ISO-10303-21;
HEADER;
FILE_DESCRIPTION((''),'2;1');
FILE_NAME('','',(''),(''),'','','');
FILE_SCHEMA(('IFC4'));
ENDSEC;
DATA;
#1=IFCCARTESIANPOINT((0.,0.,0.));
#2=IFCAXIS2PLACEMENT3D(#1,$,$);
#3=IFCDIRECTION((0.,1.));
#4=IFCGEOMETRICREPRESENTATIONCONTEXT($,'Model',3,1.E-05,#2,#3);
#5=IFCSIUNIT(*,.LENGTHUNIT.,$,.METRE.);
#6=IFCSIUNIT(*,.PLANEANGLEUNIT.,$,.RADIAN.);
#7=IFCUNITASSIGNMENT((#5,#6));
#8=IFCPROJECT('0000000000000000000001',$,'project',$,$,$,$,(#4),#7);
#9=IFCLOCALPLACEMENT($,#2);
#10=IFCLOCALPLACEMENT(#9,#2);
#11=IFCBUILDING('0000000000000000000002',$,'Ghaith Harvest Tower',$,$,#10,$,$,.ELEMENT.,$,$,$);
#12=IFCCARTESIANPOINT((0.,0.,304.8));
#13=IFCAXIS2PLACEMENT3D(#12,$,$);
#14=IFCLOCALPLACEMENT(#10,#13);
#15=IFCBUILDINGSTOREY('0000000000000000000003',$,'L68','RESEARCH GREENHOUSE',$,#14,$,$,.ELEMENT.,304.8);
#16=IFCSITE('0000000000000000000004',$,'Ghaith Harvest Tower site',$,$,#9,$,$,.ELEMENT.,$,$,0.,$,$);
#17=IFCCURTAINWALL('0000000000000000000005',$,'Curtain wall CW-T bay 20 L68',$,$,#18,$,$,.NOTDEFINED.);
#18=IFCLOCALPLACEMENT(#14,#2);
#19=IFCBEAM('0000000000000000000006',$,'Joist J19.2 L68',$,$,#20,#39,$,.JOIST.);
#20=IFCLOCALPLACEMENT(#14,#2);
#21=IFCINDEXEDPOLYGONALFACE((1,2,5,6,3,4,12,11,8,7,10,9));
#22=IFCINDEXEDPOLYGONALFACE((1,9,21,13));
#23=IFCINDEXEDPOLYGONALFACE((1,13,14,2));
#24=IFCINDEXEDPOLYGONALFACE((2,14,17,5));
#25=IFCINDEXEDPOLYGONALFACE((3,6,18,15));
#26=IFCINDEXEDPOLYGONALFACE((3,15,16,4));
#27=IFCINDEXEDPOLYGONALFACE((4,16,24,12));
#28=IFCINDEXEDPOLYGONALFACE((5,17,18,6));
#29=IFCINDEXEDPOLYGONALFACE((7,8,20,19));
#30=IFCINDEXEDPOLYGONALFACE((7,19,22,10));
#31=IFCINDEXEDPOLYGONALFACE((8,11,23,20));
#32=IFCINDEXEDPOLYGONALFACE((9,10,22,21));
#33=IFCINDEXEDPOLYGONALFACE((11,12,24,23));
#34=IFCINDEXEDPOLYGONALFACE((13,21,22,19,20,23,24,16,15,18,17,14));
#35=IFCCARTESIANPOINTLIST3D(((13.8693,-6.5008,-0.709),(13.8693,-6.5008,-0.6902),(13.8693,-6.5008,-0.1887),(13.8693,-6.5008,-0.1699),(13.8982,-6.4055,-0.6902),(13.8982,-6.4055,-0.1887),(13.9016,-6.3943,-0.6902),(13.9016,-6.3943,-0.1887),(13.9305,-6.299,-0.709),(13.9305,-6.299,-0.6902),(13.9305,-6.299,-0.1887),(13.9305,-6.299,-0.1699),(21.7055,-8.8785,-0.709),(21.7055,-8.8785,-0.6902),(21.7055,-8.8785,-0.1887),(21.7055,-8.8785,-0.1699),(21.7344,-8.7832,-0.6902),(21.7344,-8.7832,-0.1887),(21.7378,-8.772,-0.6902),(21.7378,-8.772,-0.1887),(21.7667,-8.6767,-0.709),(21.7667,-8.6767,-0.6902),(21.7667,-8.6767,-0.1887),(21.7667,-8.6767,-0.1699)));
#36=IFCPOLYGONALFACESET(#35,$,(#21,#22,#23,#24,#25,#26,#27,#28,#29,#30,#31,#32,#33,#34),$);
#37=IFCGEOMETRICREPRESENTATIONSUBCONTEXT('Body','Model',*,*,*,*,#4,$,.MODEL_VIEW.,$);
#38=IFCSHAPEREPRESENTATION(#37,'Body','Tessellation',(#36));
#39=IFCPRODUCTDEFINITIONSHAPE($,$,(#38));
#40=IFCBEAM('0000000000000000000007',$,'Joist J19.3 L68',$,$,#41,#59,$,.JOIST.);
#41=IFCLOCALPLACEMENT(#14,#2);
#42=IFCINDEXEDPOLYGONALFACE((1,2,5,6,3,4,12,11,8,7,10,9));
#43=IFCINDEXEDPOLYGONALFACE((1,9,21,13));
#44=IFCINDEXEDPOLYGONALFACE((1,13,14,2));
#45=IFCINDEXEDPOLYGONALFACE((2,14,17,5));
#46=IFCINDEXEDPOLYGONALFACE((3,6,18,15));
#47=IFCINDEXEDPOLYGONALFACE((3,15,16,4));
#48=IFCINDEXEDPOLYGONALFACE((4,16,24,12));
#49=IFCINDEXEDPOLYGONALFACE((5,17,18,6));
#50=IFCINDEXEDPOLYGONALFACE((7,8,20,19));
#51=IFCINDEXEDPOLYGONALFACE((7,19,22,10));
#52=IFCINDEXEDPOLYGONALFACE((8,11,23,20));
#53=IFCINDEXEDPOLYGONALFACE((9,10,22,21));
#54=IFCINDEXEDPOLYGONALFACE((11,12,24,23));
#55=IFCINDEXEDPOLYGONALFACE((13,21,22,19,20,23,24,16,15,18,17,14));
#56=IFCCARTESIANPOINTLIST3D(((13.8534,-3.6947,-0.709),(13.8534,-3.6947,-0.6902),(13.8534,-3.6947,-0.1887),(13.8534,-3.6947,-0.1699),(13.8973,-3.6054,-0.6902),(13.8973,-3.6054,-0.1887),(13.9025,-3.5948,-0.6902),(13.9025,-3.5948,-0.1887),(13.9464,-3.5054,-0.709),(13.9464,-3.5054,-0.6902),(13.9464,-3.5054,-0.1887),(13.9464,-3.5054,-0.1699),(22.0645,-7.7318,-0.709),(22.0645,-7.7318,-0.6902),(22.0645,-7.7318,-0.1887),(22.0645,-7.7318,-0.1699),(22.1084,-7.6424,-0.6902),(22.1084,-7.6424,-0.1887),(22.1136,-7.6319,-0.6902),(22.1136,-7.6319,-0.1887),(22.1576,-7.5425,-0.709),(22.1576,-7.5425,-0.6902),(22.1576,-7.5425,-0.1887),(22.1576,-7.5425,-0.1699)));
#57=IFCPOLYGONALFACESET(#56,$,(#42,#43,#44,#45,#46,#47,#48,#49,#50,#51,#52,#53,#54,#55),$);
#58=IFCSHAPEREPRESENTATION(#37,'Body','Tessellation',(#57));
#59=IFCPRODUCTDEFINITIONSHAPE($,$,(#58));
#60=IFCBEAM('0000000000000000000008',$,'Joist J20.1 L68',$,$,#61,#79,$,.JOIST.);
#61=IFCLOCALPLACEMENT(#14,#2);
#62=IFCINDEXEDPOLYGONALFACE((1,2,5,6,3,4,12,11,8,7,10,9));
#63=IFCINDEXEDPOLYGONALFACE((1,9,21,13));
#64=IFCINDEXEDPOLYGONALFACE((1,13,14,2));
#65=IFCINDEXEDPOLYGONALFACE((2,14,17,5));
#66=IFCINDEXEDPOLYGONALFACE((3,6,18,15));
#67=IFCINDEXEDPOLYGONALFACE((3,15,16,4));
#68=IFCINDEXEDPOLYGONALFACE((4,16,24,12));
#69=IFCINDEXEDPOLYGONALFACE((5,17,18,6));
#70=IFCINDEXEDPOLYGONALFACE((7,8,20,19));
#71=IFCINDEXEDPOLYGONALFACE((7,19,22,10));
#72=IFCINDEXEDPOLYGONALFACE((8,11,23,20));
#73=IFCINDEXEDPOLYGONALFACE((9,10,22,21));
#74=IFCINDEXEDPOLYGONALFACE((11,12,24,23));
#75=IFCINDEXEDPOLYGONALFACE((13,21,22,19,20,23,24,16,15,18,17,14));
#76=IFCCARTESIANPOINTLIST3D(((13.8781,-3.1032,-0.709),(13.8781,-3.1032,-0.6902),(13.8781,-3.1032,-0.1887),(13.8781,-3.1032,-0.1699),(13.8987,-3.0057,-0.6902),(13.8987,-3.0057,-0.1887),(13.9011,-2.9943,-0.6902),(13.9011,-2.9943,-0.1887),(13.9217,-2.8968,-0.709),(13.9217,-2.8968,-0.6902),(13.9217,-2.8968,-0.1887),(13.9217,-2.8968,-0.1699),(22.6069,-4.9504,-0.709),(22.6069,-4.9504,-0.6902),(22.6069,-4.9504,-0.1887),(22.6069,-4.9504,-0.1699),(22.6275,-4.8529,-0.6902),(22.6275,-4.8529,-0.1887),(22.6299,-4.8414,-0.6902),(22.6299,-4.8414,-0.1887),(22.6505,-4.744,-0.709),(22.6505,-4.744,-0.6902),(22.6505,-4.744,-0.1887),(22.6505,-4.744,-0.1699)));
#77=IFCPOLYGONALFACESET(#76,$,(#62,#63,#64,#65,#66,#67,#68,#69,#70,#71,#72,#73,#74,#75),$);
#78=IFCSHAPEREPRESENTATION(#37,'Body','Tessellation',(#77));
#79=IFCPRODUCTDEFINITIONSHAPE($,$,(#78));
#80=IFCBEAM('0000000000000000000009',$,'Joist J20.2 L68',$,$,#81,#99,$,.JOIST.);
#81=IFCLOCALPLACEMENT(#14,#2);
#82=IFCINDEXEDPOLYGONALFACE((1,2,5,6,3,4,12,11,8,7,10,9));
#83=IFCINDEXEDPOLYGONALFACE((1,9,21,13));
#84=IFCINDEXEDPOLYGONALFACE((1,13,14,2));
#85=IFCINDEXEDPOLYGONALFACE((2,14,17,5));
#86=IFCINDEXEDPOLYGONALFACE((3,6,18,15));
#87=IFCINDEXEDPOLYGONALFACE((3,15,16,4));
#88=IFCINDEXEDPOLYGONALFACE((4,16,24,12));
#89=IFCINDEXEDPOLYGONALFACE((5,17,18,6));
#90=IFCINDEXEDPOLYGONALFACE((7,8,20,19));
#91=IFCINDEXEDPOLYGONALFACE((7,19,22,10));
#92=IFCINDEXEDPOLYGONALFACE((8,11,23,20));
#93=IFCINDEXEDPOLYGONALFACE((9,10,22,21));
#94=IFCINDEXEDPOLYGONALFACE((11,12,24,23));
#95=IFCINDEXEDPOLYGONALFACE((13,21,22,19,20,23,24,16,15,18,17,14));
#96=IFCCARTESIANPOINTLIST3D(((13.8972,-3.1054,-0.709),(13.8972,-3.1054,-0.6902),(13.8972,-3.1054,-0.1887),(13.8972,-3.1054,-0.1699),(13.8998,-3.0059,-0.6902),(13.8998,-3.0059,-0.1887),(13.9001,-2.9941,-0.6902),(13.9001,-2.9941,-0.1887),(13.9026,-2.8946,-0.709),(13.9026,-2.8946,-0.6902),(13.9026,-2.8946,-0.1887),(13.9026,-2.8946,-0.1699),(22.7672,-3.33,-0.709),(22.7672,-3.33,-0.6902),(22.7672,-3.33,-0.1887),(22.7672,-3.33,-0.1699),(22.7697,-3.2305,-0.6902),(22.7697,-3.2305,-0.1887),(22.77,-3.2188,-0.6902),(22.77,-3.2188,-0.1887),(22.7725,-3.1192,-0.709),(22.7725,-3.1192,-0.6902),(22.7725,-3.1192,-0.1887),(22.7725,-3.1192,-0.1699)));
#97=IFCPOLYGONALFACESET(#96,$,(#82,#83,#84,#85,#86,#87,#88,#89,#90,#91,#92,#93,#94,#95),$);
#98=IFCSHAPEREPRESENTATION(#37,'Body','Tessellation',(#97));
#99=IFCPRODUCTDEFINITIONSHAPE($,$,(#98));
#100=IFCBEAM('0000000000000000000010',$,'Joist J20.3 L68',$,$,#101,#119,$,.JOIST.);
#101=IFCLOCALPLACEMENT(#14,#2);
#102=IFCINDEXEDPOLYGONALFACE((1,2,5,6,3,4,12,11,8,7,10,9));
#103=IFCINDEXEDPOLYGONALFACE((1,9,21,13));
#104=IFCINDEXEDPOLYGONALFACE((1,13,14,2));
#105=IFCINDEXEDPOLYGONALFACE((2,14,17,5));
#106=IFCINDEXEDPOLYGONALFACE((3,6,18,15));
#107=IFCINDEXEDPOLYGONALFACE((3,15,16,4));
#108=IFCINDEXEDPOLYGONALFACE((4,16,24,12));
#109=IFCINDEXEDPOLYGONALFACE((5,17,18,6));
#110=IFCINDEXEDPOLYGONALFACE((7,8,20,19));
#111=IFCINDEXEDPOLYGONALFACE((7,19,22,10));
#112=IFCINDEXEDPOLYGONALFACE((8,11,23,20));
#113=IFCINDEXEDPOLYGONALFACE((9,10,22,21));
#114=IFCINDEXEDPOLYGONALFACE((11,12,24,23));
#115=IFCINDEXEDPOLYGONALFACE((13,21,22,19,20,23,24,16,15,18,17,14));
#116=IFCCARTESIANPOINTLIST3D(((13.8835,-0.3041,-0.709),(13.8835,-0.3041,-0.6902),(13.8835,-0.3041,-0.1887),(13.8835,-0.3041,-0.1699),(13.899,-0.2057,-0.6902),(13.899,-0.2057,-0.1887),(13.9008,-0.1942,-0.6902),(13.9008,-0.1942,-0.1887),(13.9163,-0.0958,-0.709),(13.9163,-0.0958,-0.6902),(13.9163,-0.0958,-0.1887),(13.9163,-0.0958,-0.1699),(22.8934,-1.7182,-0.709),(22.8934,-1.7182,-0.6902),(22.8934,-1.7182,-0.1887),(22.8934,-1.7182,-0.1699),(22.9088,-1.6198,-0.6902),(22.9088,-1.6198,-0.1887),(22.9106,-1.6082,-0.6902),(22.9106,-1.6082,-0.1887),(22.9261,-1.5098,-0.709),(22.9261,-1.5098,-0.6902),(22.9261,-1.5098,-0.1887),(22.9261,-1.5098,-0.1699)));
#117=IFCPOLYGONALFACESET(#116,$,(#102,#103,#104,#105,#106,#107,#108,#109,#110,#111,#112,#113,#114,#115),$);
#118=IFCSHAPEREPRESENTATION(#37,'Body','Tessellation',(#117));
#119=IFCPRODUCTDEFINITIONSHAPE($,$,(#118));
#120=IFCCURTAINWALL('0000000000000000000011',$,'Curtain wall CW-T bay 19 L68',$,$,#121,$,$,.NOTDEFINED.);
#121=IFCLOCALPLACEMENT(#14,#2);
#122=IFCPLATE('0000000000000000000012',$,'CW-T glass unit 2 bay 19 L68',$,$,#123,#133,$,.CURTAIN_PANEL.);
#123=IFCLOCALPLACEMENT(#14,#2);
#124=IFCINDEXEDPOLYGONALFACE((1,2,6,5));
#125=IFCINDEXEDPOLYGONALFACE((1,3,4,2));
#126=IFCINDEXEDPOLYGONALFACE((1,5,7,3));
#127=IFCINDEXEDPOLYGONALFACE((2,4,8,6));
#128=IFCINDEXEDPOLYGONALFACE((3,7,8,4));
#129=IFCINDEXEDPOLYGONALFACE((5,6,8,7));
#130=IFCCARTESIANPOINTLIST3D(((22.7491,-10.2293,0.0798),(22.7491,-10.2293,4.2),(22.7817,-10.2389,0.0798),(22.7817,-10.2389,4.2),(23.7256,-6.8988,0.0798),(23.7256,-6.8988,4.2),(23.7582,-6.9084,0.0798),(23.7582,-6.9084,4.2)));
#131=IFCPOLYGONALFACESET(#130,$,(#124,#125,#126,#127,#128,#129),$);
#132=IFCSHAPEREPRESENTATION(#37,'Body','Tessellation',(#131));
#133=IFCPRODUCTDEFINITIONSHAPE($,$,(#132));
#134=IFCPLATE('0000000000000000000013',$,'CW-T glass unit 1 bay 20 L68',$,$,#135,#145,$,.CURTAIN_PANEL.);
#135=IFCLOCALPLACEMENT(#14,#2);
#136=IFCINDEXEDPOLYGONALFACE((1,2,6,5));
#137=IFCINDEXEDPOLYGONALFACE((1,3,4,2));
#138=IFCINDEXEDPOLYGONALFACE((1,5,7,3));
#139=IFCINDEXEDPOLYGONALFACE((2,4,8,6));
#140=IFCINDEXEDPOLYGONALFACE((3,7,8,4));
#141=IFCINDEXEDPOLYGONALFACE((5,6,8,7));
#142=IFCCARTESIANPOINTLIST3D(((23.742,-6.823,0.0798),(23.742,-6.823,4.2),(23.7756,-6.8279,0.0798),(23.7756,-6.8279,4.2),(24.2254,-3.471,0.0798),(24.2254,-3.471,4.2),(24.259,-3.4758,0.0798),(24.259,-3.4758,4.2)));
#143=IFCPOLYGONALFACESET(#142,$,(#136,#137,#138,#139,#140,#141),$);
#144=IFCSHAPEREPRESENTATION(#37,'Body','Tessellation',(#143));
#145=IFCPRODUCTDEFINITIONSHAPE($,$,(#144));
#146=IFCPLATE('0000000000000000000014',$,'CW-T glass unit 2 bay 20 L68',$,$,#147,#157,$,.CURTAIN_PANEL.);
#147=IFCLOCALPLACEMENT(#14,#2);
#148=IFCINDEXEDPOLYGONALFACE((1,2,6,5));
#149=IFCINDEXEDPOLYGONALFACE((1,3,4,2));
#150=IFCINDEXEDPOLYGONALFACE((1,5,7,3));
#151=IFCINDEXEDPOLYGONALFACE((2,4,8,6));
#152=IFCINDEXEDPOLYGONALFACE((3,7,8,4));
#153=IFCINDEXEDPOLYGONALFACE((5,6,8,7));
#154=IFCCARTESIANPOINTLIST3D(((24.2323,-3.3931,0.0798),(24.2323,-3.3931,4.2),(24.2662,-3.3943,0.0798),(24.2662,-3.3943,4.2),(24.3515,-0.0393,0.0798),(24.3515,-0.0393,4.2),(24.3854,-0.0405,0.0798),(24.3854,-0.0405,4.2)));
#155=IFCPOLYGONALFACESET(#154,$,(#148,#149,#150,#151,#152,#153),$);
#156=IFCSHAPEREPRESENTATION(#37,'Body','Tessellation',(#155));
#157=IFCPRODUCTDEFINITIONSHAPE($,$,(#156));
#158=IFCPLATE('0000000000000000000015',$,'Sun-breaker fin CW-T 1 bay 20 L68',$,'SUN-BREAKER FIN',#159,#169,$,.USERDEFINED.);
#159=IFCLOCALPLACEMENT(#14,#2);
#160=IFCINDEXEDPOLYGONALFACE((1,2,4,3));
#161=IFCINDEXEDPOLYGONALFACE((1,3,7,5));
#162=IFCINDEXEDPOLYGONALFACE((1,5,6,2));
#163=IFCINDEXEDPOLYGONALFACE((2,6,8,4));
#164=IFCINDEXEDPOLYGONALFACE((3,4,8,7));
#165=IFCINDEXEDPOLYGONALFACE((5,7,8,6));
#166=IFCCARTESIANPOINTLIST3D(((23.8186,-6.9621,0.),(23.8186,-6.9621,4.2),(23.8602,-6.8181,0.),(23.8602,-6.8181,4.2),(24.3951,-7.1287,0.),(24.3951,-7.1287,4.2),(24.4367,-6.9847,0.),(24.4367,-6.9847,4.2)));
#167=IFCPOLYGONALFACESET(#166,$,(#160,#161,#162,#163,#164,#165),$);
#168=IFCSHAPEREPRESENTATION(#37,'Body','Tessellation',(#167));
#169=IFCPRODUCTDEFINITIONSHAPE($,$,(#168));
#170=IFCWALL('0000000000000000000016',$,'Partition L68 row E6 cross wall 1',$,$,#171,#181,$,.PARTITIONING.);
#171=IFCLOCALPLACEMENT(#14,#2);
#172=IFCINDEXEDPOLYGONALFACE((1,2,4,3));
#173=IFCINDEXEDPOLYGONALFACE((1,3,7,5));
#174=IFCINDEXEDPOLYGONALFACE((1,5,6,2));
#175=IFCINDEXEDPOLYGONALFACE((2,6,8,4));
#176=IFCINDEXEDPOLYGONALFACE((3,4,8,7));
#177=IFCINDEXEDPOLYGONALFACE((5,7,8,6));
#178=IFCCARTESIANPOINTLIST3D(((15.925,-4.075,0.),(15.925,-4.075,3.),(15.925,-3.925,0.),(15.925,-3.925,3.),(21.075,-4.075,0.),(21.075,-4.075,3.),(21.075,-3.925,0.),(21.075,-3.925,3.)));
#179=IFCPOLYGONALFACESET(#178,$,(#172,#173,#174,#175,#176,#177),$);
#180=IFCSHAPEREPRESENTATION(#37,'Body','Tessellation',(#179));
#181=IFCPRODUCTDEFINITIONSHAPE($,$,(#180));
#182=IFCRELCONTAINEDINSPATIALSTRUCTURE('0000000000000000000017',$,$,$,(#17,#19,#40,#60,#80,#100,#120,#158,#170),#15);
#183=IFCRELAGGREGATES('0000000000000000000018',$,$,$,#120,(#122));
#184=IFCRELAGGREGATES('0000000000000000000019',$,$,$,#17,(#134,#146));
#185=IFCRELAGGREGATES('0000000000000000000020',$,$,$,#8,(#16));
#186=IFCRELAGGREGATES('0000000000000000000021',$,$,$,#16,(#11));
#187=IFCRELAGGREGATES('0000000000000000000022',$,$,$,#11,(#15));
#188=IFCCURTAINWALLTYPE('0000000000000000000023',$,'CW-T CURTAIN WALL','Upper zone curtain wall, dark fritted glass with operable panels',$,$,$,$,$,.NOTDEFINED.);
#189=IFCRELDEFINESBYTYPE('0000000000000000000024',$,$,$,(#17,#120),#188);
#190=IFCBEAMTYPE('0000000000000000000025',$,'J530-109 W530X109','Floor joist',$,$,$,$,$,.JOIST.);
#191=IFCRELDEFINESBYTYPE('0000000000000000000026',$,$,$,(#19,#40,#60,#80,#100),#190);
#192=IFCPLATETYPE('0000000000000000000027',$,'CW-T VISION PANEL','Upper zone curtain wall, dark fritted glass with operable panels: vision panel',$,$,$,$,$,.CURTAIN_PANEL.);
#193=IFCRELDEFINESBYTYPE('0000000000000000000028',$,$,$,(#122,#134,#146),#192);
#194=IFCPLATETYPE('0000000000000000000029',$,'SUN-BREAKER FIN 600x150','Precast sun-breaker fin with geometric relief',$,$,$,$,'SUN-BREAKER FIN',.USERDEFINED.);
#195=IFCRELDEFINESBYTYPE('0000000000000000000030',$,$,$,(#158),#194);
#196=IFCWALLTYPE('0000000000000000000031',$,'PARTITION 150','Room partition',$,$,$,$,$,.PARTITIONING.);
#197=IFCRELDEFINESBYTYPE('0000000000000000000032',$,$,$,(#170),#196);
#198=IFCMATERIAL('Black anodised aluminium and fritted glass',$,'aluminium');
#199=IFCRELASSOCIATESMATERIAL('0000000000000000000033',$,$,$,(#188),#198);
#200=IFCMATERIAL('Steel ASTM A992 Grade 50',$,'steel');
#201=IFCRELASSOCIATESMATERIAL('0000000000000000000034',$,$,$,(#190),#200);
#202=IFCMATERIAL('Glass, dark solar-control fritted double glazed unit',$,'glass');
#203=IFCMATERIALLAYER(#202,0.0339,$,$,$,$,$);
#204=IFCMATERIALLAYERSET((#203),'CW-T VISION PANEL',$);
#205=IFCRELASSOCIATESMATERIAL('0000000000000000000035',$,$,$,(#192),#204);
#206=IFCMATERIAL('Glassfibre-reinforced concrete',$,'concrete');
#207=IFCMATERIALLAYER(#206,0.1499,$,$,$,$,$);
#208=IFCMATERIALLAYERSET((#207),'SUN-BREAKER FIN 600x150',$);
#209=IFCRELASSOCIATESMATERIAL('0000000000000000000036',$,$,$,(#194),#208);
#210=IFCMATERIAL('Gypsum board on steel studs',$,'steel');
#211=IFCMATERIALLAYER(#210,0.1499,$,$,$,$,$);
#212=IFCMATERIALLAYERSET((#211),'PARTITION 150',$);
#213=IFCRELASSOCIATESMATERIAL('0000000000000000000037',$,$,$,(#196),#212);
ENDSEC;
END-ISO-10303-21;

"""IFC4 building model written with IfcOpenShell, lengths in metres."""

from ifc_helpers import new_model, si_unit, direction, frame, frame_2d, origin, origin_2d, place, context, subcontext, project, spatial, rectangle, i_section, extrude, material, layer, layer_set, material_profile, profile_set, type_object, element, aggregate, save


model = new_model("IFC4")

# Units and contexts
model_context = context("Model", 3, precision=1e-05, world=origin(), true_north=direction((0.0, 1.0)))
body_context = subcontext(model_context, "Body", "Model", "MODEL_VIEW")
ifc_project = project(units=[si_unit("LENGTHUNIT", "METRE"), si_unit("PLANEANGLEUNIT", "RADIAN")], contexts=[model_context])

# Site, building, storey
site_placement = place(None, origin())
site = spatial("IfcSite", under=ifc_project, at=site_placement, Name="Ghaith Harvest Tower site", CompositionType="ELEMENT", RefElevation=0.0)
building_placement = place(site_placement, origin())
building = spatial("IfcBuilding", under=site, at=building_placement, Name="Ghaith Harvest Tower", CompositionType="ELEMENT")
storey_placement = place(building_placement, frame((0.0, 0.0, 304.8)))
storey = spatial("IfcBuildingStorey", under=building, at=storey_placement, Name="L68", Description="RESEARCH GREENHOUSE", CompositionType="ELEMENT", Elevation=304.8)

# Curtain wall
ifc_material_1 = material(Name="Black anodised aluminium and fritted glass", Category="aluminium")
curtain_wall_type = type_object("IfcCurtainWallType", Name="CW-T CURTAIN WALL", Description="Upper zone curtain wall, dark fritted glass with operable panels", PredefinedType="NOTDEFINED", material=ifc_material_1)
curtain_wall_1_placement = place(storey_placement, origin())
curtain_wall_1 = element("IfcCurtainWall", 1, at=curtain_wall_1_placement, inside=storey, type_object=curtain_wall_type, Name="Curtain wall CW-T bay 20 L68", PredefinedType="NOTDEFINED")

# Beams
ifc_material_2 = material(Name="Steel ASTM A992 Grade 50", Category="steel")
ifc_material_profile_1 = material_profile(ifc_material_2, i_section(OverallWidth=0.2109, OverallDepth=0.5391, WebThickness=0.0117, FlangeThickness=0.0188, at=origin_2d()), Name="W530X109")
ifc_profile_set_1 = profile_set([ifc_material_profile_1], Name="Steel ASTM A992 Grade 50")
beam_type_1 = type_object("IfcBeamType", Name="J530-109 W530X109", Description="Floor joist", PredefinedType="JOIST", material=ifc_profile_set_1)
beam_1_placement = place(storey_placement, frame((13.8999, -6.3999, -0.4395), z_axis=(0.95692, -0.290352, 0.0), x_axis=(0.290352, 0.95692, 0.0)))
element("IfcBeam", 2, at=beam_1_placement, inside=storey, type_object=beam_type_1, Name="Joist J19.2 L68", PredefinedType="JOIST", context=body_context, shape_type="SweptSolid", body=[
    extrude(i_section(OverallWidth=0.2109, OverallDepth=0.5391, WebThickness=0.0117, FlangeThickness=0.0188, at=origin_2d()), origin(), (0.0, 0.0, 1.0), 8.189),
])
beam_2_placement = place(storey_placement, frame((13.8999, -3.6001, -0.4395), z_axis=(0.897401, -0.441216, 0.0), x_axis=(0.441216, 0.897401, 0.0)))
element("IfcBeam", 3, at=beam_2_placement, inside=storey, type_object=beam_type_1, Name="Joist J19.3 L68", PredefinedType="JOIST", context=body_context, shape_type="SweptSolid", body=[
    extrude(i_section(OverallWidth=0.2109, OverallDepth=0.5391, WebThickness=0.0117, FlangeThickness=0.0188, at=origin_2d()), origin(), (0.0, 0.0, 1.0), 9.1499),
])
beam_3_placement = place(storey_placement, frame((13.8999, -3.0, -0.4395), z_axis=(0.978334, -0.207034, 0.0), x_axis=(0.207034, 0.978334, 0.0)))
element("IfcBeam", 4, at=beam_3_placement, inside=storey, type_object=beam_type_1, Name="Joist J20.1 L68", PredefinedType="JOIST", context=body_context, shape_type="SweptSolid", body=[
    extrude(i_section(OverallWidth=0.2109, OverallDepth=0.5391, WebThickness=0.0117, FlangeThickness=0.0188, at=origin_2d()), origin(), (0.0, 0.0, 1.0), 8.9221),
])
beam_4_placement = place(storey_placement, frame((13.8999, -3.0, -0.4395), z_axis=(0.99968, -0.025315, 0.0), x_axis=(0.025315, 0.99968, 0.0)))
element("IfcBeam", 5, at=beam_4_placement, inside=storey, type_object=beam_type_1, Name="Joist J20.2 L68", PredefinedType="JOIST", context=body_context, shape_type="SweptSolid", body=[
    extrude(i_section(OverallWidth=0.2109, OverallDepth=0.5391, WebThickness=0.0117, FlangeThickness=0.0188, at=origin_2d()), origin(), (0.0, 0.0, 1.0), 8.8728),
])
beam_5_placement = place(storey_placement, frame((13.8999, -0.2, -0.4395), z_axis=(0.987907, -0.15505, 0.0), x_axis=(0.15505, 0.987907, 0.0)))
element("IfcBeam", 6, at=beam_5_placement, inside=storey, type_object=beam_type_1, Name="Joist J20.3 L68", PredefinedType="JOIST", context=body_context, shape_type="SweptSolid", body=[
    extrude(i_section(OverallWidth=0.2109, OverallDepth=0.5391, WebThickness=0.0117, FlangeThickness=0.0188, at=origin_2d()), origin(), (0.0, 0.0, 1.0), 9.1201),
])

# Curtain wall, plate
curtain_wall_2_placement = place(storey_placement, origin())
curtain_wall_2 = element("IfcCurtainWall", 7, at=curtain_wall_2_placement, inside=storey, type_object=curtain_wall_type, Name="Curtain wall CW-T bay 19 L68", PredefinedType="NOTDEFINED")
ifc_material_3 = material(Name="Glass, dark solar-control fritted double glazed unit", Category="glass")
ifc_layer_1 = layer(ifc_material_3, 0.0339)
ifc_layer_set_1 = layer_set([ifc_layer_1], Name="CW-T VISION PANEL")
plate_type_1 = type_object("IfcPlateType", Name="CW-T VISION PANEL", Description="Upper zone curtain wall, dark fritted glass with operable panels: vision panel", PredefinedType="CURTAIN_PANEL", material=ifc_layer_set_1)
plate_1_placement = place(storey_placement, frame((23.2537, -8.5688, 0.0798), z_axis=(0.0, 0.0, 1.0), x_axis=(0.281345, 0.959607, 0.0)))
plate_1 = element("IfcPlate", 8, at=plate_1_placement, type_object=plate_type_1, Name="CW-T glass unit 2 bay 19 L68", PredefinedType="CURTAIN_PANEL", context=body_context, shape_type="SweptSolid", body=[
    extrude(rectangle(XDim=3.4707, YDim=0.0339, at=origin_2d()), origin(), (0.0, 0.0, 1.0), 4.1201),
])
aggregate(curtain_wall_2, [plate_1])

# Plates
plate_2_placement = place(storey_placement, frame((24.0005, -5.1494, 0.0798), z_axis=(0.0, 0.0, 1.0), x_axis=(0.14273, 0.989762, 0.0)))
plate_2 = element("IfcPlate", 9, at=plate_2_placement, type_object=plate_type_1, Name="CW-T glass unit 1 bay 20 L68", PredefinedType="CURTAIN_PANEL", context=body_context, shape_type="SweptSolid", body=[
    extrude(rectangle(XDim=3.3867, YDim=0.0339, at=origin_2d()), origin(), (0.0, 0.0, 1.0), 4.1201),
])
plate_3_placement = place(storey_placement, frame((24.3088, -1.7168, 0.0798), z_axis=(0.0, 0.0, 1.0), x_axis=(0.035536, 0.999368, 0.0)))
plate_3 = element("IfcPlate", 10, at=plate_3_placement, type_object=plate_type_1, Name="CW-T glass unit 2 bay 20 L68", PredefinedType="CURTAIN_PANEL", context=body_context, shape_type="SweptSolid", body=[
    extrude(rectangle(XDim=3.356, YDim=0.0339, at=origin_2d()), origin(), (0.0, 0.0, 1.0), 4.1201),
])
aggregate(curtain_wall_1, [plate_2, plate_3])
ifc_material_4 = material(Name="Glassfibre-reinforced concrete", Category="concrete")
ifc_layer_2 = layer(ifc_material_4, 0.1499)
ifc_layer_set_2 = layer_set([ifc_layer_2], Name="SUN-BREAKER FIN 600x150")
plate_type_2 = type_object("IfcPlateType", Name="SUN-BREAKER FIN 600x150", Description="Precast sun-breaker fin with geometric relief", ElementType="SUN-BREAKER FIN", PredefinedType="USERDEFINED", material=ifc_layer_set_2)
plate_4_placement = place(storey_placement, frame((24.1277, -6.9734, 0.0), z_axis=(0.0, 0.0, 1.0), x_axis=(0.96068, -0.277657, 0.0)))
element("IfcPlate", 11, at=plate_4_placement, inside=storey, type_object=plate_type_2, Name="Sun-breaker fin CW-T 1 bay 20 L68", ObjectType="SUN-BREAKER FIN", PredefinedType="USERDEFINED", context=body_context, shape_type="SweptSolid", body=[
    extrude(rectangle(XDim=0.6001, YDim=0.1499, at=origin_2d()), origin(), (0.0, 0.0, 1.0), 4.2),
])

# Wall
ifc_material_5 = material(Name="Gypsum board on steel studs", Category="steel")
ifc_layer_3 = layer(ifc_material_5, 0.1499)
ifc_layer_set_3 = layer_set([ifc_layer_3], Name="PARTITION 150")
wall_type_1 = type_object("IfcWallType", Name="PARTITION 150", Description="Room partition", PredefinedType="PARTITIONING", material=ifc_layer_set_3)
wall_1_placement = place(storey_placement, frame((15.925, -4.0, 0.0), z_axis=(0.0, 0.0, 1.0), x_axis=(1.0, 0.0, 0.0)))
element("IfcWall", 12, at=wall_1_placement, inside=storey, type_object=wall_type_1, Name="Partition L68 row E6 cross wall 1", PredefinedType="PARTITIONING", context=body_context, shape_type="SweptSolid", body=[
    extrude(rectangle(XDim=5.1499, YDim=0.1499, at=frame_2d((2.575, 0.0))), origin(), (0.0, 0.0, 1.0), 3.0),
])

save(model, "model.ifc")
